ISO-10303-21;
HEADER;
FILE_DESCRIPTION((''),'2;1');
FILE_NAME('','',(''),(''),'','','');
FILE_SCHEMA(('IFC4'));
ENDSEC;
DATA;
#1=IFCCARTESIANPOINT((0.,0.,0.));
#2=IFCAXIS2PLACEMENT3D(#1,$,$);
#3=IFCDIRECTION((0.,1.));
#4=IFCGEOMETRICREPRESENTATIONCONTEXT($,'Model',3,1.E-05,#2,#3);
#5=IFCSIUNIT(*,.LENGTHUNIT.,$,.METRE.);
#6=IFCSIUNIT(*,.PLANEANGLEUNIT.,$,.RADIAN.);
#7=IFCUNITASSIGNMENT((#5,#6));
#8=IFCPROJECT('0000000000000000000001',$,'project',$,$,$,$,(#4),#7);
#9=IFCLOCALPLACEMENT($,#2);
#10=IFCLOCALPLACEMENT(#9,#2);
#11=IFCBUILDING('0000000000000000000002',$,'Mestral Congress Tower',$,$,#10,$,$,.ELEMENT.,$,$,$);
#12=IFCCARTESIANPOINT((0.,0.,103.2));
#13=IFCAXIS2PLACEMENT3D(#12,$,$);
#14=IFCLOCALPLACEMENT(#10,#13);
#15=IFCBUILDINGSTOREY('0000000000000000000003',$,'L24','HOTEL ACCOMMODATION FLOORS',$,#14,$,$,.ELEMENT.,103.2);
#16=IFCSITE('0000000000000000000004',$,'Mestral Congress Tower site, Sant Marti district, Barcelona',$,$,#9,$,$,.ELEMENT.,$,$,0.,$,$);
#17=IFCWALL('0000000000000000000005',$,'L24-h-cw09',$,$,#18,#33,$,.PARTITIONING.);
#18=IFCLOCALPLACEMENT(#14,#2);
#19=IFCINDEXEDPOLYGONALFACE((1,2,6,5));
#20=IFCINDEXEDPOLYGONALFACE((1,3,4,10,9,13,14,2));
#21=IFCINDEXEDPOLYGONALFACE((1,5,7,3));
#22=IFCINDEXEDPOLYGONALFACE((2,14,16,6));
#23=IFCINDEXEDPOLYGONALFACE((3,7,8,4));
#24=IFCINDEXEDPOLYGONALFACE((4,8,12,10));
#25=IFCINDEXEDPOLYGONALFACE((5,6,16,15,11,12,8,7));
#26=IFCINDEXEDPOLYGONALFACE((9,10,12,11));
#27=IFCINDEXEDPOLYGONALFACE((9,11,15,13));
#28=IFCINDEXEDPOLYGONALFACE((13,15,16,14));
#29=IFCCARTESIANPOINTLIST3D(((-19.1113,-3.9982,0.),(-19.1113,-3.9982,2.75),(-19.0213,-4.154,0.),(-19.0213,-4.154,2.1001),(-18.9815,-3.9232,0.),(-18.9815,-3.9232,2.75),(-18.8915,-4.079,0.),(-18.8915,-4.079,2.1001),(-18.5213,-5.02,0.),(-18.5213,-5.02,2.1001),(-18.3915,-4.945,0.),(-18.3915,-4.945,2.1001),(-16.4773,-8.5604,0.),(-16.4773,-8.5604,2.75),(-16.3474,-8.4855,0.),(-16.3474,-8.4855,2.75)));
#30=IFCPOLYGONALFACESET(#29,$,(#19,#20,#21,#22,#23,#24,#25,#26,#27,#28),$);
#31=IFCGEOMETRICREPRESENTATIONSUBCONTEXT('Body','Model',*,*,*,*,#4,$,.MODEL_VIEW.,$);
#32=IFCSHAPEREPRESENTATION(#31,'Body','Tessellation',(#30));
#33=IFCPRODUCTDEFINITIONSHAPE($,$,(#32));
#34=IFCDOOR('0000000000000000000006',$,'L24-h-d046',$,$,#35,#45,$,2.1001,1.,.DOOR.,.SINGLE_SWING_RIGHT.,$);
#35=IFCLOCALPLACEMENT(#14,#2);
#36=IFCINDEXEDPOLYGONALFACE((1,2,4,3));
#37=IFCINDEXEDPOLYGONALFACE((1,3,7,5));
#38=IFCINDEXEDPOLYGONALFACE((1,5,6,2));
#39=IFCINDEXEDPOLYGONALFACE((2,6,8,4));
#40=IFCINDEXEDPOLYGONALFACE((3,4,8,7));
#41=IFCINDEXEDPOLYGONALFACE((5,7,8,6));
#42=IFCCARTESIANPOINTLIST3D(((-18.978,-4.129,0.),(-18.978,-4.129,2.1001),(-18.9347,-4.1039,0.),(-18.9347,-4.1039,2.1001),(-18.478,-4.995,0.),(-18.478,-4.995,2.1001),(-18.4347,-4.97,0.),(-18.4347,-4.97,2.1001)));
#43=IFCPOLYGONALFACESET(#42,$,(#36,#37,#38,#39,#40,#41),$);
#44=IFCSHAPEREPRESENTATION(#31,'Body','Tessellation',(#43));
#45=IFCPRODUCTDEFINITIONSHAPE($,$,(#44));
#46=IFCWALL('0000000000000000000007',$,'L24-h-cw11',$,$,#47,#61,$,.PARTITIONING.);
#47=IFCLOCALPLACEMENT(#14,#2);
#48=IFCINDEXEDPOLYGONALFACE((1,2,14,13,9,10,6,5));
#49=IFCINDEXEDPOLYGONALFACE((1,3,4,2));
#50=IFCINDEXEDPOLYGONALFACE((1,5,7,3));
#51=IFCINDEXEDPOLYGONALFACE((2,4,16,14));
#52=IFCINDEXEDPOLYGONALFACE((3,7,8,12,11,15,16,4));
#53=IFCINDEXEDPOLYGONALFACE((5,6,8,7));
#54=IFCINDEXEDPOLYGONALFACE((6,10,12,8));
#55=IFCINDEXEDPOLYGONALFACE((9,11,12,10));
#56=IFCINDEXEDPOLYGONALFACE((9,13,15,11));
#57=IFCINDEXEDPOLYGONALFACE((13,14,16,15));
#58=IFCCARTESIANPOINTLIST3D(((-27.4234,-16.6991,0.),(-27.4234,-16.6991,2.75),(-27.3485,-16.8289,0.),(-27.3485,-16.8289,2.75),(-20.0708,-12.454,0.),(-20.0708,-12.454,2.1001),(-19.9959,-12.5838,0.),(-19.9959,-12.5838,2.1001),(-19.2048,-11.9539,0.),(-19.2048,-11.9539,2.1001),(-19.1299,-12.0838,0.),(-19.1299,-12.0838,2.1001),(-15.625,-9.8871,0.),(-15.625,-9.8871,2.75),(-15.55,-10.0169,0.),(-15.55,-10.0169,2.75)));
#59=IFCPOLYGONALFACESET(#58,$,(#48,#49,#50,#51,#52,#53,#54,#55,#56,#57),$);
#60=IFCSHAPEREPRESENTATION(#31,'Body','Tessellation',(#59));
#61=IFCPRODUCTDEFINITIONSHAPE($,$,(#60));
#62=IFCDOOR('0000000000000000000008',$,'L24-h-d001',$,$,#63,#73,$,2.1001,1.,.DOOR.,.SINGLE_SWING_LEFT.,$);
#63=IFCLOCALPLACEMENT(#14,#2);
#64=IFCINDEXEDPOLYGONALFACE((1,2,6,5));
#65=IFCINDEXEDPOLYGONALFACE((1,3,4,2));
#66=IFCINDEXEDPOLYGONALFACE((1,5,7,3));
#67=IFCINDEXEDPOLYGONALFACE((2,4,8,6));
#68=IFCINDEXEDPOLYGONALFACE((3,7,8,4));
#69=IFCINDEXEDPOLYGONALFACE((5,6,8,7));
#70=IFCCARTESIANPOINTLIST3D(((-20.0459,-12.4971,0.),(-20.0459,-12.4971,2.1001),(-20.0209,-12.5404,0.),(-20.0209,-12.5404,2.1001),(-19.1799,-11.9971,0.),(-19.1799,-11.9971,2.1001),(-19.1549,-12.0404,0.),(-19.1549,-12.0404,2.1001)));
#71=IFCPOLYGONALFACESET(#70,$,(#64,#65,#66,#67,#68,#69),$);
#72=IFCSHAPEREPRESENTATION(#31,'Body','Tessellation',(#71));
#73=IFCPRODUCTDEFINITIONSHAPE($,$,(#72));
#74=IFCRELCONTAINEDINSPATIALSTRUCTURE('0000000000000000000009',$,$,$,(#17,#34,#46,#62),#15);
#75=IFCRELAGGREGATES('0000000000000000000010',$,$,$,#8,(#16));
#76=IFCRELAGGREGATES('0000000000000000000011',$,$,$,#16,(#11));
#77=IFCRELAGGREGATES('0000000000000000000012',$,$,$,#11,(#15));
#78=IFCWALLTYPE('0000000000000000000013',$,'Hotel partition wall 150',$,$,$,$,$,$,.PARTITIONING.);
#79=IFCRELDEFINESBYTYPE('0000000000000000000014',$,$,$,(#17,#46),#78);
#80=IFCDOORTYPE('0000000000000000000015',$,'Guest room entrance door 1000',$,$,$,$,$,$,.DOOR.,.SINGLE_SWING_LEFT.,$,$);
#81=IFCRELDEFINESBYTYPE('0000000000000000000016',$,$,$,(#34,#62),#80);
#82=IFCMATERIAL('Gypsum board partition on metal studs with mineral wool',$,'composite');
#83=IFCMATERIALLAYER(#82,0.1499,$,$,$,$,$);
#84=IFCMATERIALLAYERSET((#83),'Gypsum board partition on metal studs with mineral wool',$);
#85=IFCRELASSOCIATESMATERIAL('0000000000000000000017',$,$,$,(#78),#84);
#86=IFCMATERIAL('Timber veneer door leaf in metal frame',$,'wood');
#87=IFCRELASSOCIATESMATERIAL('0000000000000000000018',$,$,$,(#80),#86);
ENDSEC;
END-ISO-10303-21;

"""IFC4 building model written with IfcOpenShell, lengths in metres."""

from ifc_helpers import new_model, si_unit, direction, frame, frame_2d, origin, place, context, subcontext, project, spatial, rectangle, extrude, material, layer, layer_set, type_object, element, fill, save


model = new_model("IFC4")

# Units and contexts
model_context = context("Model", 3, precision=1e-05, world=origin(), true_north=direction((0.0, 1.0)))
body_context = subcontext(model_context, "Body", "Model", "MODEL_VIEW")
ifc_project = project(units=[si_unit("LENGTHUNIT", "METRE"), si_unit("PLANEANGLEUNIT", "RADIAN")], contexts=[model_context])

# Site, building, storey
site_placement = place(None, origin())
site = spatial("IfcSite", under=ifc_project, at=site_placement, Name="Mestral Congress Tower site, Sant Marti district, Barcelona", CompositionType="ELEMENT", RefElevation=0.0)
building_placement = place(site_placement, origin())
building = spatial("IfcBuilding", under=site, at=building_placement, Name="Mestral Congress Tower", CompositionType="ELEMENT")
storey_placement = place(building_placement, frame((0.0, 0.0, 103.2)))
storey = spatial("IfcBuildingStorey", under=building, at=storey_placement, Name="L24", Description="HOTEL ACCOMMODATION FLOORS", CompositionType="ELEMENT", Elevation=103.2)

# Shared definitions
ifc_material_1 = material(Name="Gypsum board partition on metal studs with mineral wool", Category="composite")

# Shared definitions
ifc_layer_1 = layer(ifc_material_1, 0.1499)
ifc_layer_set_1 = layer_set([ifc_layer_1], Name="Gypsum board partition on metal studs with mineral wool")
wall_type_1 = type_object("IfcWallType", Name="Hotel partition wall 150", PredefinedType="PARTITIONING", material=ifc_layer_set_1)
ifc_material_2 = material(Name="Timber veneer door leaf in metal frame", Category="wood")
door_type_1 = type_object("IfcDoorType", Name="Guest room entrance door 1000", OperationType="SINGLE_SWING_LEFT", PredefinedType="DOOR", material=ifc_material_2)

# Walls, openings, doors
wall_1_placement = place(storey_placement, frame((-16.4124, -8.5229, 0.0), z_axis=(0.0, 0.0, 1.0), x_axis=(-0.500002, 0.866024, 0.0)))
wall_1 = element("IfcWall", 1, at=wall_1_placement, inside=storey, type_object=wall_type_1, Name="L24-h-cw09", PredefinedType="PARTITIONING", context=body_context, shape_type="SweptSolid", body=[
    extrude(rectangle(XDim=5.2681, YDim=0.1499, at=frame_2d((2.634, 0.0))), origin(), (0.0, 0.0, 1.0), 2.75),
])
opening_1_placement = place(wall_1_placement, frame((4.0881, 0.0, 0.0)))
opening_1 = element("IfcOpeningElement", 2, at=opening_1_placement, cuts=wall_1, PredefinedType="OPENING", context=body_context, shape_type="SweptSolid", body=[
    extrude(rectangle(XDim=1.0, YDim=2.1001, at=frame_2d((0.5, 1.05))), frame((0.0, 0.085, 0.0), z_axis=(0.0, -1.0, 0.0), x_axis=(1.0, 0.0, 0.0)), (0.0, 0.0, 1.0), 0.1699),
])
door_1_placement = place(opening_1_placement, origin())
door_1 = element("IfcDoor", 3, at=door_1_placement, inside=storey, type_object=door_type_1, Name="L24-h-d046", OperationType="SINGLE_SWING_RIGHT", OverallHeight=2.1001, OverallWidth=1.0, PredefinedType="DOOR", context=body_context, shape_type="SweptSolid", body=[
    extrude(rectangle(XDim=1.0, YDim=2.1001, at=frame_2d((0.5, 1.05))), frame((0.0, 0.0249, 0.0), z_axis=(0.0, -1.0, 0.0), x_axis=(1.0, 0.0, 0.0)), (0.0, 0.0, 1.0), 0.05),
])
fill(opening_1, door_1)
wall_2_placement = place(storey_placement, frame((-15.5874, -9.9519, 0.0), z_axis=(0.0, 0.0, 1.0), x_axis=(-0.866018, -0.500013, 0.0)))
wall_2 = element("IfcWall", 4, at=wall_2_placement, inside=storey, type_object=wall_type_1, Name="L24-h-cw11", PredefinedType="PARTITIONING", context=body_context, shape_type="SweptSolid", body=[
    extrude(rectangle(XDim=13.6238, YDim=0.1499, at=frame_2d((6.812, 0.0))), origin(), (0.0, 0.0, 1.0), 2.75),
])
opening_2_placement = place(wall_2_placement, frame((4.1338, 0.0, 0.0)))
opening_2 = element("IfcOpeningElement", 5, at=opening_2_placement, cuts=wall_2, PredefinedType="OPENING", context=body_context, shape_type="SweptSolid", body=[
    extrude(rectangle(XDim=1.0, YDim=2.1001, at=frame_2d((0.5, 1.05))), frame((0.0, 0.085, 0.0), z_axis=(0.0, -1.0, 0.0), x_axis=(1.0, 0.0, 0.0)), (0.0, 0.0, 1.0), 0.1699),
])
door_2_placement = place(opening_2_placement, origin())
door_2 = element("IfcDoor", 6, at=door_2_placement, inside=storey, type_object=door_type_1, Name="L24-h-d001", OperationType="SINGLE_SWING_LEFT", OverallHeight=2.1001, OverallWidth=1.0, PredefinedType="DOOR", context=body_context, shape_type="SweptSolid", body=[
    extrude(rectangle(XDim=1.0, YDim=2.1001, at=frame_2d((0.5, 1.05))), frame((0.0, 0.0249, 0.0), z_axis=(0.0, -1.0, 0.0), x_axis=(1.0, 0.0, 0.0)), (0.0, 0.0, 1.0), 0.05),
])
fill(opening_2, door_2)

save(model, "model.ifc")
